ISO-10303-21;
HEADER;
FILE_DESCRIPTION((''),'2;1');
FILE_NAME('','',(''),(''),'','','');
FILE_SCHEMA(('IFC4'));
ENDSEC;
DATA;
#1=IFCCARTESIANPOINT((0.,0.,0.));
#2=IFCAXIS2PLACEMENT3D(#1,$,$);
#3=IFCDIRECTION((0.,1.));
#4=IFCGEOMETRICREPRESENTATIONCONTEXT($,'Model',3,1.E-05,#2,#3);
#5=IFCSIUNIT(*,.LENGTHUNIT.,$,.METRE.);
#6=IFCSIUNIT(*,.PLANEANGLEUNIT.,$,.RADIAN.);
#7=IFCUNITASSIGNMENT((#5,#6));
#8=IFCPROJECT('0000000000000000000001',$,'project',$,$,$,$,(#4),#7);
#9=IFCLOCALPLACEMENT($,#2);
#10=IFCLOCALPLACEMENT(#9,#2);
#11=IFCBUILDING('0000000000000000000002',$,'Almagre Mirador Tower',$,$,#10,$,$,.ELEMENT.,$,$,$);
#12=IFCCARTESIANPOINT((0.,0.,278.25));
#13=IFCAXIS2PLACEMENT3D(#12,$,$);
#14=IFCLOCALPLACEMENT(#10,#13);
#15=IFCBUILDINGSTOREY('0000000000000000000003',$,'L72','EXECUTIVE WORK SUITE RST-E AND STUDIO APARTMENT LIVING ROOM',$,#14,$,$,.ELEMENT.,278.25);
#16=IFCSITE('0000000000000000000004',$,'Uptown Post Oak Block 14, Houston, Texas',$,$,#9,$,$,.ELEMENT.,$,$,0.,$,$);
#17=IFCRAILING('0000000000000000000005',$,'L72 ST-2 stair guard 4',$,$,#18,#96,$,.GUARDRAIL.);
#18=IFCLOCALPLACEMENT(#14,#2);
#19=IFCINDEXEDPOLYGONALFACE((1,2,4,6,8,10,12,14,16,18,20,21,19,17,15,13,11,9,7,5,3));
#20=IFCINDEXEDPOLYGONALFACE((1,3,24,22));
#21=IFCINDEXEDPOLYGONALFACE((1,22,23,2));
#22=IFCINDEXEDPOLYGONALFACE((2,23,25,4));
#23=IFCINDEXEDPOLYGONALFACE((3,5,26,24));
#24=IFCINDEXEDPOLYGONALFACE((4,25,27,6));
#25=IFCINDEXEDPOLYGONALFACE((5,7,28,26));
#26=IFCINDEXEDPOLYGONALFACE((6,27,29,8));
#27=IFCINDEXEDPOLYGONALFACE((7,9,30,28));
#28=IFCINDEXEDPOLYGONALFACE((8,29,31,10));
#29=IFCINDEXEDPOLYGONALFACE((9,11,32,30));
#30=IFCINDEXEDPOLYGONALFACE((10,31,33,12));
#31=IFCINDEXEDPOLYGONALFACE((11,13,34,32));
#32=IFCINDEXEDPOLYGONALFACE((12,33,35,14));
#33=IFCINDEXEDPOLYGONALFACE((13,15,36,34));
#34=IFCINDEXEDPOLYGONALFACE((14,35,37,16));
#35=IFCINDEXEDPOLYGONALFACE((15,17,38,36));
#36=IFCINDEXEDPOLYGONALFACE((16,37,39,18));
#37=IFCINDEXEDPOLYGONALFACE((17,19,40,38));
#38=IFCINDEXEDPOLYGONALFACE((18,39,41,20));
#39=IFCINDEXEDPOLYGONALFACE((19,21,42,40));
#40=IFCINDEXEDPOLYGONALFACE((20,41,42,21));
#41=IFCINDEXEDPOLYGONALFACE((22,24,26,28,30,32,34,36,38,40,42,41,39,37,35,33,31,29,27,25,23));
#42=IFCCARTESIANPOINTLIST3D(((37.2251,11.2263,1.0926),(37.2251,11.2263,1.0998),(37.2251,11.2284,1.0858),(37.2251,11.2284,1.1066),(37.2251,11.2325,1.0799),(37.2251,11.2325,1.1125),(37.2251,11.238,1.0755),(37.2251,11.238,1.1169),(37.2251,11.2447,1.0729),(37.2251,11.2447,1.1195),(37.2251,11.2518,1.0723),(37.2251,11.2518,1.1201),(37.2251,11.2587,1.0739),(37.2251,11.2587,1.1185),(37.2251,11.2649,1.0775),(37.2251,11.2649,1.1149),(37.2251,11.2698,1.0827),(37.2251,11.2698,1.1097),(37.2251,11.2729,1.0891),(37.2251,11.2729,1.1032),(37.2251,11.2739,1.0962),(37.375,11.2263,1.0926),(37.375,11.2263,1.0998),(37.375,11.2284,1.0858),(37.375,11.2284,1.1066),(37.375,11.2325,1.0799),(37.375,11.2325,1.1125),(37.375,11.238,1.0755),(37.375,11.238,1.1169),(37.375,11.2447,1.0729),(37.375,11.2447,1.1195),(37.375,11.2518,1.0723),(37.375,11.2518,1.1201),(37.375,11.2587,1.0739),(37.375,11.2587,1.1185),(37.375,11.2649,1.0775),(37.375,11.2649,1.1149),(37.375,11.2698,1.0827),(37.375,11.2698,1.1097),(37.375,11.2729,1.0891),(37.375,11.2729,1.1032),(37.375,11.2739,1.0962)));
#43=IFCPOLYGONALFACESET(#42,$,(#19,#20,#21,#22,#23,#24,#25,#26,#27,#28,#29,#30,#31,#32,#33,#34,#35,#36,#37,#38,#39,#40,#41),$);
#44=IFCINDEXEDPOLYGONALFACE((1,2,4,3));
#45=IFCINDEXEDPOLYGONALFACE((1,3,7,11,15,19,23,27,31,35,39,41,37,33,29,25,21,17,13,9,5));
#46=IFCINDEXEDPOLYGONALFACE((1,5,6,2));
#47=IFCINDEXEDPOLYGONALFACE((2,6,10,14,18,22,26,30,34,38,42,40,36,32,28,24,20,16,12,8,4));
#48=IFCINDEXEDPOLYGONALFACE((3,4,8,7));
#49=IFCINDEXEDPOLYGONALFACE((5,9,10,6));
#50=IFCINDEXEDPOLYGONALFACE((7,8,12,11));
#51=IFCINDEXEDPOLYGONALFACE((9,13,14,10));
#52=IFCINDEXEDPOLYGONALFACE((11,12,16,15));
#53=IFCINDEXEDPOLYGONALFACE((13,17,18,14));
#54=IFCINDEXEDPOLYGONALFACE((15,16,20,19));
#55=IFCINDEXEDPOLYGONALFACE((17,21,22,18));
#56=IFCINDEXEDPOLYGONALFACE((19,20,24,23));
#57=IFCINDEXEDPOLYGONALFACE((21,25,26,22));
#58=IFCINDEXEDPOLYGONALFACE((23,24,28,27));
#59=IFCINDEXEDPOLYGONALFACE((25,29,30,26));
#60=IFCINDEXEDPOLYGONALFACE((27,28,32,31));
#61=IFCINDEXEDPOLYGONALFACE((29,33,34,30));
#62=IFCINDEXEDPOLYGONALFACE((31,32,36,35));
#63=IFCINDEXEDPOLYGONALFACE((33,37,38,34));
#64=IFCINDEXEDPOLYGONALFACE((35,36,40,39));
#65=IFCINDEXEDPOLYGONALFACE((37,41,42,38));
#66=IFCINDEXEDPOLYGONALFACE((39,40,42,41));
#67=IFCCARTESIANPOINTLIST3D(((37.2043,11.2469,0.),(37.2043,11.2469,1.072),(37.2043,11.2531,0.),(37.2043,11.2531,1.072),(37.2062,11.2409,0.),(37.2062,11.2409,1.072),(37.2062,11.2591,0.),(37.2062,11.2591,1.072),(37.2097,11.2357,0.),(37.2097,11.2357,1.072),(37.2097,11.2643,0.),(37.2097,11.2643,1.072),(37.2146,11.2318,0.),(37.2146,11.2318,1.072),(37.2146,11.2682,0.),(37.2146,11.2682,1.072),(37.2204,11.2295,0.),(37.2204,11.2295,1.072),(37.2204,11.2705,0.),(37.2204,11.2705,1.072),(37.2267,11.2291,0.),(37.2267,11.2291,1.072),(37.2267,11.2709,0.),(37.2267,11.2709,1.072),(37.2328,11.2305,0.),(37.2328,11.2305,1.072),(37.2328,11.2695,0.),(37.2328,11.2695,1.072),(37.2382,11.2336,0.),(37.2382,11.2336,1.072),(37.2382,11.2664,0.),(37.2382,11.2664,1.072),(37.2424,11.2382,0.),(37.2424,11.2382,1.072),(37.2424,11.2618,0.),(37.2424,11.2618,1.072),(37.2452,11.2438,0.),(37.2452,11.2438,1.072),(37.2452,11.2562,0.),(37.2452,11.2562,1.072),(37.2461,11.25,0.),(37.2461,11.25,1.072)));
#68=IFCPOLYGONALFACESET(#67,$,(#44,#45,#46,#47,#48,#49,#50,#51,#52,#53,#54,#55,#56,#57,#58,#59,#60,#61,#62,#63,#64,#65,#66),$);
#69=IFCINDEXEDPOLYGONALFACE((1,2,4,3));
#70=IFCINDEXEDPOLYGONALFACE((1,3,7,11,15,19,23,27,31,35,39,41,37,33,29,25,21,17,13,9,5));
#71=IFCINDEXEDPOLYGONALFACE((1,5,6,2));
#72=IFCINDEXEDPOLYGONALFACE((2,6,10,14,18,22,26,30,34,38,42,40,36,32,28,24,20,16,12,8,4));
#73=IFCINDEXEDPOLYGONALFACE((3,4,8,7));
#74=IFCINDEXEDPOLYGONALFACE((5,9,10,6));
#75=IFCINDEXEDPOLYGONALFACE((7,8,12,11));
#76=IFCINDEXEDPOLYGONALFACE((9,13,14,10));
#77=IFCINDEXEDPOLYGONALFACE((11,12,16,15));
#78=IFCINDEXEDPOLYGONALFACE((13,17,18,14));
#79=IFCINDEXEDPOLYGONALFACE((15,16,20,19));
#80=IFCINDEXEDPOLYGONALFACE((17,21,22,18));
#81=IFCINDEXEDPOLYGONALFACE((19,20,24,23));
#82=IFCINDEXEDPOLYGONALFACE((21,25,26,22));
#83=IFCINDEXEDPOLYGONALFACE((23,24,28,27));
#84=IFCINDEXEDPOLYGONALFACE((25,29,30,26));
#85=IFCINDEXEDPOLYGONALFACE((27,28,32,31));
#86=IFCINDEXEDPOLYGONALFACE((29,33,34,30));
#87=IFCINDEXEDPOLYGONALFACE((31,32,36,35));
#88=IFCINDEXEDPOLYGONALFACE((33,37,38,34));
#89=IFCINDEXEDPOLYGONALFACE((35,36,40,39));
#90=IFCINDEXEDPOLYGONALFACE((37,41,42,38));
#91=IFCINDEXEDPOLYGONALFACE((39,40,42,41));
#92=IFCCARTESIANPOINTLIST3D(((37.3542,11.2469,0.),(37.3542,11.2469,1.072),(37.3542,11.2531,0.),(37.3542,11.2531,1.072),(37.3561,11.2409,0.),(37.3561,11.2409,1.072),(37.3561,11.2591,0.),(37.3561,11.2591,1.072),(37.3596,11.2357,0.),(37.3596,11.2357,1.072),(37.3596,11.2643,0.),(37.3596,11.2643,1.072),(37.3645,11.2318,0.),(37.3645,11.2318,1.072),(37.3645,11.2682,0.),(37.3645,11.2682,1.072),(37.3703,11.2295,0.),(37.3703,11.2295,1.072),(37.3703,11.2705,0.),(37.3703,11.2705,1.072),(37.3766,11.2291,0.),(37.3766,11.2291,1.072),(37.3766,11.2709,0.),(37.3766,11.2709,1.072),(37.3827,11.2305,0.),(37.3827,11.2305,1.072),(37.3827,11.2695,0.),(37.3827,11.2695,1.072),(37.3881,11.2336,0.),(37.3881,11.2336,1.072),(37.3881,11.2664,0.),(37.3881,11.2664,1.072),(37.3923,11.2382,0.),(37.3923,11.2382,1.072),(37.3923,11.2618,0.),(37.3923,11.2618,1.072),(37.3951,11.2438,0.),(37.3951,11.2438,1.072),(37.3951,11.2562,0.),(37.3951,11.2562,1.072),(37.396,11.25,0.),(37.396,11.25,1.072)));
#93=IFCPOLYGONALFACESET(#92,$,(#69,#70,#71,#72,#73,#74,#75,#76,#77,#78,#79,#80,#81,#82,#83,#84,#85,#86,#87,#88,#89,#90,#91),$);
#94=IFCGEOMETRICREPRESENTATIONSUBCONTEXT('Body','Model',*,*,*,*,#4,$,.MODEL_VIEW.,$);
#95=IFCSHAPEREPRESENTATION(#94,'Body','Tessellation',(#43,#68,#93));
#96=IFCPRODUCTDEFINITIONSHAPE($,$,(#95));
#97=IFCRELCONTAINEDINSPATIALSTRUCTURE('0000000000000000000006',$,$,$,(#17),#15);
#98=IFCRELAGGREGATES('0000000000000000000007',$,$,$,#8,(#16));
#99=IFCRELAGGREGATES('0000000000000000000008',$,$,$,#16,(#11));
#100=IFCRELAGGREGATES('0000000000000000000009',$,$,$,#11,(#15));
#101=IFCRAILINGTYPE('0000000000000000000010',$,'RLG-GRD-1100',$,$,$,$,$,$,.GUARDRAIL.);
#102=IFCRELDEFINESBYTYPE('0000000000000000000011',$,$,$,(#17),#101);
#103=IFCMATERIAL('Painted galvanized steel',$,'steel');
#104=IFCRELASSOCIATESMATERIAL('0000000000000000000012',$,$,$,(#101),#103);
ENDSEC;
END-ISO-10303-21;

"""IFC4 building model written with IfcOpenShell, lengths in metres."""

from ifc_helpers import new_model, si_unit, direction, frame, origin, origin_2d, place, context, subcontext, project, spatial, circle, extrude, material, type_object, element, save


model = new_model("IFC4")

# Units and contexts
model_context = context("Model", 3, precision=1e-05, world=origin(), true_north=direction((0.0, 1.0)))
body_context = subcontext(model_context, "Body", "Model", "MODEL_VIEW")
ifc_project = project(units=[si_unit("LENGTHUNIT", "METRE"), si_unit("PLANEANGLEUNIT", "RADIAN")], contexts=[model_context])

# Site, building, storey
site_placement = place(None, origin())
site = spatial("IfcSite", under=ifc_project, at=site_placement, Name="Uptown Post Oak Block 14, Houston, Texas", CompositionType="ELEMENT", RefElevation=0.0)
building_placement = place(site_placement, origin())
building = spatial("IfcBuilding", under=site, at=building_placement, Name="Almagre Mirador Tower", CompositionType="ELEMENT")
storey_placement = place(building_placement, frame((0.0, 0.0, 278.25)))
storey = spatial("IfcBuildingStorey", under=building, at=storey_placement, Name="L72", Description="EXECUTIVE WORK SUITE RST-E AND STUDIO APARTMENT LIVING ROOM", CompositionType="ELEMENT", Elevation=278.25)

# Railing
ifc_material_1 = material(Name="Painted galvanized steel", Category="steel")
railing_type_1 = type_object("IfcRailingType", Name="RLG-GRD-1100", PredefinedType="GUARDRAIL", material=ifc_material_1)
railing_1_placement = place(storey_placement, frame((37.2251, 11.25, 0.0)))
element("IfcRailing", 1, at=railing_1_placement, inside=storey, type_object=railing_type_1, Name="L72 ST-2 stair guard 4", PredefinedType="GUARDRAIL", context=body_context, shape_type="SweptSolid", body=[
    extrude(circle(Radius=0.0239, at=origin_2d()), frame((0.0, 0.0, 1.0962), z_axis=(1.0, 0.0, 0.0), x_axis=(0.0, 1.0, 0.0)), (0.0, 0.0, 1.0), 0.1499),
    extrude(circle(Radius=0.021, at=origin_2d()), origin(), (0.0, 0.0, 1.0), 1.072),
    extrude(circle(Radius=0.021, at=origin_2d()), frame((0.1499, 0.0, 0.0)), (0.0, 0.0, 1.0), 1.072),
])

save(model, "model.ifc")
